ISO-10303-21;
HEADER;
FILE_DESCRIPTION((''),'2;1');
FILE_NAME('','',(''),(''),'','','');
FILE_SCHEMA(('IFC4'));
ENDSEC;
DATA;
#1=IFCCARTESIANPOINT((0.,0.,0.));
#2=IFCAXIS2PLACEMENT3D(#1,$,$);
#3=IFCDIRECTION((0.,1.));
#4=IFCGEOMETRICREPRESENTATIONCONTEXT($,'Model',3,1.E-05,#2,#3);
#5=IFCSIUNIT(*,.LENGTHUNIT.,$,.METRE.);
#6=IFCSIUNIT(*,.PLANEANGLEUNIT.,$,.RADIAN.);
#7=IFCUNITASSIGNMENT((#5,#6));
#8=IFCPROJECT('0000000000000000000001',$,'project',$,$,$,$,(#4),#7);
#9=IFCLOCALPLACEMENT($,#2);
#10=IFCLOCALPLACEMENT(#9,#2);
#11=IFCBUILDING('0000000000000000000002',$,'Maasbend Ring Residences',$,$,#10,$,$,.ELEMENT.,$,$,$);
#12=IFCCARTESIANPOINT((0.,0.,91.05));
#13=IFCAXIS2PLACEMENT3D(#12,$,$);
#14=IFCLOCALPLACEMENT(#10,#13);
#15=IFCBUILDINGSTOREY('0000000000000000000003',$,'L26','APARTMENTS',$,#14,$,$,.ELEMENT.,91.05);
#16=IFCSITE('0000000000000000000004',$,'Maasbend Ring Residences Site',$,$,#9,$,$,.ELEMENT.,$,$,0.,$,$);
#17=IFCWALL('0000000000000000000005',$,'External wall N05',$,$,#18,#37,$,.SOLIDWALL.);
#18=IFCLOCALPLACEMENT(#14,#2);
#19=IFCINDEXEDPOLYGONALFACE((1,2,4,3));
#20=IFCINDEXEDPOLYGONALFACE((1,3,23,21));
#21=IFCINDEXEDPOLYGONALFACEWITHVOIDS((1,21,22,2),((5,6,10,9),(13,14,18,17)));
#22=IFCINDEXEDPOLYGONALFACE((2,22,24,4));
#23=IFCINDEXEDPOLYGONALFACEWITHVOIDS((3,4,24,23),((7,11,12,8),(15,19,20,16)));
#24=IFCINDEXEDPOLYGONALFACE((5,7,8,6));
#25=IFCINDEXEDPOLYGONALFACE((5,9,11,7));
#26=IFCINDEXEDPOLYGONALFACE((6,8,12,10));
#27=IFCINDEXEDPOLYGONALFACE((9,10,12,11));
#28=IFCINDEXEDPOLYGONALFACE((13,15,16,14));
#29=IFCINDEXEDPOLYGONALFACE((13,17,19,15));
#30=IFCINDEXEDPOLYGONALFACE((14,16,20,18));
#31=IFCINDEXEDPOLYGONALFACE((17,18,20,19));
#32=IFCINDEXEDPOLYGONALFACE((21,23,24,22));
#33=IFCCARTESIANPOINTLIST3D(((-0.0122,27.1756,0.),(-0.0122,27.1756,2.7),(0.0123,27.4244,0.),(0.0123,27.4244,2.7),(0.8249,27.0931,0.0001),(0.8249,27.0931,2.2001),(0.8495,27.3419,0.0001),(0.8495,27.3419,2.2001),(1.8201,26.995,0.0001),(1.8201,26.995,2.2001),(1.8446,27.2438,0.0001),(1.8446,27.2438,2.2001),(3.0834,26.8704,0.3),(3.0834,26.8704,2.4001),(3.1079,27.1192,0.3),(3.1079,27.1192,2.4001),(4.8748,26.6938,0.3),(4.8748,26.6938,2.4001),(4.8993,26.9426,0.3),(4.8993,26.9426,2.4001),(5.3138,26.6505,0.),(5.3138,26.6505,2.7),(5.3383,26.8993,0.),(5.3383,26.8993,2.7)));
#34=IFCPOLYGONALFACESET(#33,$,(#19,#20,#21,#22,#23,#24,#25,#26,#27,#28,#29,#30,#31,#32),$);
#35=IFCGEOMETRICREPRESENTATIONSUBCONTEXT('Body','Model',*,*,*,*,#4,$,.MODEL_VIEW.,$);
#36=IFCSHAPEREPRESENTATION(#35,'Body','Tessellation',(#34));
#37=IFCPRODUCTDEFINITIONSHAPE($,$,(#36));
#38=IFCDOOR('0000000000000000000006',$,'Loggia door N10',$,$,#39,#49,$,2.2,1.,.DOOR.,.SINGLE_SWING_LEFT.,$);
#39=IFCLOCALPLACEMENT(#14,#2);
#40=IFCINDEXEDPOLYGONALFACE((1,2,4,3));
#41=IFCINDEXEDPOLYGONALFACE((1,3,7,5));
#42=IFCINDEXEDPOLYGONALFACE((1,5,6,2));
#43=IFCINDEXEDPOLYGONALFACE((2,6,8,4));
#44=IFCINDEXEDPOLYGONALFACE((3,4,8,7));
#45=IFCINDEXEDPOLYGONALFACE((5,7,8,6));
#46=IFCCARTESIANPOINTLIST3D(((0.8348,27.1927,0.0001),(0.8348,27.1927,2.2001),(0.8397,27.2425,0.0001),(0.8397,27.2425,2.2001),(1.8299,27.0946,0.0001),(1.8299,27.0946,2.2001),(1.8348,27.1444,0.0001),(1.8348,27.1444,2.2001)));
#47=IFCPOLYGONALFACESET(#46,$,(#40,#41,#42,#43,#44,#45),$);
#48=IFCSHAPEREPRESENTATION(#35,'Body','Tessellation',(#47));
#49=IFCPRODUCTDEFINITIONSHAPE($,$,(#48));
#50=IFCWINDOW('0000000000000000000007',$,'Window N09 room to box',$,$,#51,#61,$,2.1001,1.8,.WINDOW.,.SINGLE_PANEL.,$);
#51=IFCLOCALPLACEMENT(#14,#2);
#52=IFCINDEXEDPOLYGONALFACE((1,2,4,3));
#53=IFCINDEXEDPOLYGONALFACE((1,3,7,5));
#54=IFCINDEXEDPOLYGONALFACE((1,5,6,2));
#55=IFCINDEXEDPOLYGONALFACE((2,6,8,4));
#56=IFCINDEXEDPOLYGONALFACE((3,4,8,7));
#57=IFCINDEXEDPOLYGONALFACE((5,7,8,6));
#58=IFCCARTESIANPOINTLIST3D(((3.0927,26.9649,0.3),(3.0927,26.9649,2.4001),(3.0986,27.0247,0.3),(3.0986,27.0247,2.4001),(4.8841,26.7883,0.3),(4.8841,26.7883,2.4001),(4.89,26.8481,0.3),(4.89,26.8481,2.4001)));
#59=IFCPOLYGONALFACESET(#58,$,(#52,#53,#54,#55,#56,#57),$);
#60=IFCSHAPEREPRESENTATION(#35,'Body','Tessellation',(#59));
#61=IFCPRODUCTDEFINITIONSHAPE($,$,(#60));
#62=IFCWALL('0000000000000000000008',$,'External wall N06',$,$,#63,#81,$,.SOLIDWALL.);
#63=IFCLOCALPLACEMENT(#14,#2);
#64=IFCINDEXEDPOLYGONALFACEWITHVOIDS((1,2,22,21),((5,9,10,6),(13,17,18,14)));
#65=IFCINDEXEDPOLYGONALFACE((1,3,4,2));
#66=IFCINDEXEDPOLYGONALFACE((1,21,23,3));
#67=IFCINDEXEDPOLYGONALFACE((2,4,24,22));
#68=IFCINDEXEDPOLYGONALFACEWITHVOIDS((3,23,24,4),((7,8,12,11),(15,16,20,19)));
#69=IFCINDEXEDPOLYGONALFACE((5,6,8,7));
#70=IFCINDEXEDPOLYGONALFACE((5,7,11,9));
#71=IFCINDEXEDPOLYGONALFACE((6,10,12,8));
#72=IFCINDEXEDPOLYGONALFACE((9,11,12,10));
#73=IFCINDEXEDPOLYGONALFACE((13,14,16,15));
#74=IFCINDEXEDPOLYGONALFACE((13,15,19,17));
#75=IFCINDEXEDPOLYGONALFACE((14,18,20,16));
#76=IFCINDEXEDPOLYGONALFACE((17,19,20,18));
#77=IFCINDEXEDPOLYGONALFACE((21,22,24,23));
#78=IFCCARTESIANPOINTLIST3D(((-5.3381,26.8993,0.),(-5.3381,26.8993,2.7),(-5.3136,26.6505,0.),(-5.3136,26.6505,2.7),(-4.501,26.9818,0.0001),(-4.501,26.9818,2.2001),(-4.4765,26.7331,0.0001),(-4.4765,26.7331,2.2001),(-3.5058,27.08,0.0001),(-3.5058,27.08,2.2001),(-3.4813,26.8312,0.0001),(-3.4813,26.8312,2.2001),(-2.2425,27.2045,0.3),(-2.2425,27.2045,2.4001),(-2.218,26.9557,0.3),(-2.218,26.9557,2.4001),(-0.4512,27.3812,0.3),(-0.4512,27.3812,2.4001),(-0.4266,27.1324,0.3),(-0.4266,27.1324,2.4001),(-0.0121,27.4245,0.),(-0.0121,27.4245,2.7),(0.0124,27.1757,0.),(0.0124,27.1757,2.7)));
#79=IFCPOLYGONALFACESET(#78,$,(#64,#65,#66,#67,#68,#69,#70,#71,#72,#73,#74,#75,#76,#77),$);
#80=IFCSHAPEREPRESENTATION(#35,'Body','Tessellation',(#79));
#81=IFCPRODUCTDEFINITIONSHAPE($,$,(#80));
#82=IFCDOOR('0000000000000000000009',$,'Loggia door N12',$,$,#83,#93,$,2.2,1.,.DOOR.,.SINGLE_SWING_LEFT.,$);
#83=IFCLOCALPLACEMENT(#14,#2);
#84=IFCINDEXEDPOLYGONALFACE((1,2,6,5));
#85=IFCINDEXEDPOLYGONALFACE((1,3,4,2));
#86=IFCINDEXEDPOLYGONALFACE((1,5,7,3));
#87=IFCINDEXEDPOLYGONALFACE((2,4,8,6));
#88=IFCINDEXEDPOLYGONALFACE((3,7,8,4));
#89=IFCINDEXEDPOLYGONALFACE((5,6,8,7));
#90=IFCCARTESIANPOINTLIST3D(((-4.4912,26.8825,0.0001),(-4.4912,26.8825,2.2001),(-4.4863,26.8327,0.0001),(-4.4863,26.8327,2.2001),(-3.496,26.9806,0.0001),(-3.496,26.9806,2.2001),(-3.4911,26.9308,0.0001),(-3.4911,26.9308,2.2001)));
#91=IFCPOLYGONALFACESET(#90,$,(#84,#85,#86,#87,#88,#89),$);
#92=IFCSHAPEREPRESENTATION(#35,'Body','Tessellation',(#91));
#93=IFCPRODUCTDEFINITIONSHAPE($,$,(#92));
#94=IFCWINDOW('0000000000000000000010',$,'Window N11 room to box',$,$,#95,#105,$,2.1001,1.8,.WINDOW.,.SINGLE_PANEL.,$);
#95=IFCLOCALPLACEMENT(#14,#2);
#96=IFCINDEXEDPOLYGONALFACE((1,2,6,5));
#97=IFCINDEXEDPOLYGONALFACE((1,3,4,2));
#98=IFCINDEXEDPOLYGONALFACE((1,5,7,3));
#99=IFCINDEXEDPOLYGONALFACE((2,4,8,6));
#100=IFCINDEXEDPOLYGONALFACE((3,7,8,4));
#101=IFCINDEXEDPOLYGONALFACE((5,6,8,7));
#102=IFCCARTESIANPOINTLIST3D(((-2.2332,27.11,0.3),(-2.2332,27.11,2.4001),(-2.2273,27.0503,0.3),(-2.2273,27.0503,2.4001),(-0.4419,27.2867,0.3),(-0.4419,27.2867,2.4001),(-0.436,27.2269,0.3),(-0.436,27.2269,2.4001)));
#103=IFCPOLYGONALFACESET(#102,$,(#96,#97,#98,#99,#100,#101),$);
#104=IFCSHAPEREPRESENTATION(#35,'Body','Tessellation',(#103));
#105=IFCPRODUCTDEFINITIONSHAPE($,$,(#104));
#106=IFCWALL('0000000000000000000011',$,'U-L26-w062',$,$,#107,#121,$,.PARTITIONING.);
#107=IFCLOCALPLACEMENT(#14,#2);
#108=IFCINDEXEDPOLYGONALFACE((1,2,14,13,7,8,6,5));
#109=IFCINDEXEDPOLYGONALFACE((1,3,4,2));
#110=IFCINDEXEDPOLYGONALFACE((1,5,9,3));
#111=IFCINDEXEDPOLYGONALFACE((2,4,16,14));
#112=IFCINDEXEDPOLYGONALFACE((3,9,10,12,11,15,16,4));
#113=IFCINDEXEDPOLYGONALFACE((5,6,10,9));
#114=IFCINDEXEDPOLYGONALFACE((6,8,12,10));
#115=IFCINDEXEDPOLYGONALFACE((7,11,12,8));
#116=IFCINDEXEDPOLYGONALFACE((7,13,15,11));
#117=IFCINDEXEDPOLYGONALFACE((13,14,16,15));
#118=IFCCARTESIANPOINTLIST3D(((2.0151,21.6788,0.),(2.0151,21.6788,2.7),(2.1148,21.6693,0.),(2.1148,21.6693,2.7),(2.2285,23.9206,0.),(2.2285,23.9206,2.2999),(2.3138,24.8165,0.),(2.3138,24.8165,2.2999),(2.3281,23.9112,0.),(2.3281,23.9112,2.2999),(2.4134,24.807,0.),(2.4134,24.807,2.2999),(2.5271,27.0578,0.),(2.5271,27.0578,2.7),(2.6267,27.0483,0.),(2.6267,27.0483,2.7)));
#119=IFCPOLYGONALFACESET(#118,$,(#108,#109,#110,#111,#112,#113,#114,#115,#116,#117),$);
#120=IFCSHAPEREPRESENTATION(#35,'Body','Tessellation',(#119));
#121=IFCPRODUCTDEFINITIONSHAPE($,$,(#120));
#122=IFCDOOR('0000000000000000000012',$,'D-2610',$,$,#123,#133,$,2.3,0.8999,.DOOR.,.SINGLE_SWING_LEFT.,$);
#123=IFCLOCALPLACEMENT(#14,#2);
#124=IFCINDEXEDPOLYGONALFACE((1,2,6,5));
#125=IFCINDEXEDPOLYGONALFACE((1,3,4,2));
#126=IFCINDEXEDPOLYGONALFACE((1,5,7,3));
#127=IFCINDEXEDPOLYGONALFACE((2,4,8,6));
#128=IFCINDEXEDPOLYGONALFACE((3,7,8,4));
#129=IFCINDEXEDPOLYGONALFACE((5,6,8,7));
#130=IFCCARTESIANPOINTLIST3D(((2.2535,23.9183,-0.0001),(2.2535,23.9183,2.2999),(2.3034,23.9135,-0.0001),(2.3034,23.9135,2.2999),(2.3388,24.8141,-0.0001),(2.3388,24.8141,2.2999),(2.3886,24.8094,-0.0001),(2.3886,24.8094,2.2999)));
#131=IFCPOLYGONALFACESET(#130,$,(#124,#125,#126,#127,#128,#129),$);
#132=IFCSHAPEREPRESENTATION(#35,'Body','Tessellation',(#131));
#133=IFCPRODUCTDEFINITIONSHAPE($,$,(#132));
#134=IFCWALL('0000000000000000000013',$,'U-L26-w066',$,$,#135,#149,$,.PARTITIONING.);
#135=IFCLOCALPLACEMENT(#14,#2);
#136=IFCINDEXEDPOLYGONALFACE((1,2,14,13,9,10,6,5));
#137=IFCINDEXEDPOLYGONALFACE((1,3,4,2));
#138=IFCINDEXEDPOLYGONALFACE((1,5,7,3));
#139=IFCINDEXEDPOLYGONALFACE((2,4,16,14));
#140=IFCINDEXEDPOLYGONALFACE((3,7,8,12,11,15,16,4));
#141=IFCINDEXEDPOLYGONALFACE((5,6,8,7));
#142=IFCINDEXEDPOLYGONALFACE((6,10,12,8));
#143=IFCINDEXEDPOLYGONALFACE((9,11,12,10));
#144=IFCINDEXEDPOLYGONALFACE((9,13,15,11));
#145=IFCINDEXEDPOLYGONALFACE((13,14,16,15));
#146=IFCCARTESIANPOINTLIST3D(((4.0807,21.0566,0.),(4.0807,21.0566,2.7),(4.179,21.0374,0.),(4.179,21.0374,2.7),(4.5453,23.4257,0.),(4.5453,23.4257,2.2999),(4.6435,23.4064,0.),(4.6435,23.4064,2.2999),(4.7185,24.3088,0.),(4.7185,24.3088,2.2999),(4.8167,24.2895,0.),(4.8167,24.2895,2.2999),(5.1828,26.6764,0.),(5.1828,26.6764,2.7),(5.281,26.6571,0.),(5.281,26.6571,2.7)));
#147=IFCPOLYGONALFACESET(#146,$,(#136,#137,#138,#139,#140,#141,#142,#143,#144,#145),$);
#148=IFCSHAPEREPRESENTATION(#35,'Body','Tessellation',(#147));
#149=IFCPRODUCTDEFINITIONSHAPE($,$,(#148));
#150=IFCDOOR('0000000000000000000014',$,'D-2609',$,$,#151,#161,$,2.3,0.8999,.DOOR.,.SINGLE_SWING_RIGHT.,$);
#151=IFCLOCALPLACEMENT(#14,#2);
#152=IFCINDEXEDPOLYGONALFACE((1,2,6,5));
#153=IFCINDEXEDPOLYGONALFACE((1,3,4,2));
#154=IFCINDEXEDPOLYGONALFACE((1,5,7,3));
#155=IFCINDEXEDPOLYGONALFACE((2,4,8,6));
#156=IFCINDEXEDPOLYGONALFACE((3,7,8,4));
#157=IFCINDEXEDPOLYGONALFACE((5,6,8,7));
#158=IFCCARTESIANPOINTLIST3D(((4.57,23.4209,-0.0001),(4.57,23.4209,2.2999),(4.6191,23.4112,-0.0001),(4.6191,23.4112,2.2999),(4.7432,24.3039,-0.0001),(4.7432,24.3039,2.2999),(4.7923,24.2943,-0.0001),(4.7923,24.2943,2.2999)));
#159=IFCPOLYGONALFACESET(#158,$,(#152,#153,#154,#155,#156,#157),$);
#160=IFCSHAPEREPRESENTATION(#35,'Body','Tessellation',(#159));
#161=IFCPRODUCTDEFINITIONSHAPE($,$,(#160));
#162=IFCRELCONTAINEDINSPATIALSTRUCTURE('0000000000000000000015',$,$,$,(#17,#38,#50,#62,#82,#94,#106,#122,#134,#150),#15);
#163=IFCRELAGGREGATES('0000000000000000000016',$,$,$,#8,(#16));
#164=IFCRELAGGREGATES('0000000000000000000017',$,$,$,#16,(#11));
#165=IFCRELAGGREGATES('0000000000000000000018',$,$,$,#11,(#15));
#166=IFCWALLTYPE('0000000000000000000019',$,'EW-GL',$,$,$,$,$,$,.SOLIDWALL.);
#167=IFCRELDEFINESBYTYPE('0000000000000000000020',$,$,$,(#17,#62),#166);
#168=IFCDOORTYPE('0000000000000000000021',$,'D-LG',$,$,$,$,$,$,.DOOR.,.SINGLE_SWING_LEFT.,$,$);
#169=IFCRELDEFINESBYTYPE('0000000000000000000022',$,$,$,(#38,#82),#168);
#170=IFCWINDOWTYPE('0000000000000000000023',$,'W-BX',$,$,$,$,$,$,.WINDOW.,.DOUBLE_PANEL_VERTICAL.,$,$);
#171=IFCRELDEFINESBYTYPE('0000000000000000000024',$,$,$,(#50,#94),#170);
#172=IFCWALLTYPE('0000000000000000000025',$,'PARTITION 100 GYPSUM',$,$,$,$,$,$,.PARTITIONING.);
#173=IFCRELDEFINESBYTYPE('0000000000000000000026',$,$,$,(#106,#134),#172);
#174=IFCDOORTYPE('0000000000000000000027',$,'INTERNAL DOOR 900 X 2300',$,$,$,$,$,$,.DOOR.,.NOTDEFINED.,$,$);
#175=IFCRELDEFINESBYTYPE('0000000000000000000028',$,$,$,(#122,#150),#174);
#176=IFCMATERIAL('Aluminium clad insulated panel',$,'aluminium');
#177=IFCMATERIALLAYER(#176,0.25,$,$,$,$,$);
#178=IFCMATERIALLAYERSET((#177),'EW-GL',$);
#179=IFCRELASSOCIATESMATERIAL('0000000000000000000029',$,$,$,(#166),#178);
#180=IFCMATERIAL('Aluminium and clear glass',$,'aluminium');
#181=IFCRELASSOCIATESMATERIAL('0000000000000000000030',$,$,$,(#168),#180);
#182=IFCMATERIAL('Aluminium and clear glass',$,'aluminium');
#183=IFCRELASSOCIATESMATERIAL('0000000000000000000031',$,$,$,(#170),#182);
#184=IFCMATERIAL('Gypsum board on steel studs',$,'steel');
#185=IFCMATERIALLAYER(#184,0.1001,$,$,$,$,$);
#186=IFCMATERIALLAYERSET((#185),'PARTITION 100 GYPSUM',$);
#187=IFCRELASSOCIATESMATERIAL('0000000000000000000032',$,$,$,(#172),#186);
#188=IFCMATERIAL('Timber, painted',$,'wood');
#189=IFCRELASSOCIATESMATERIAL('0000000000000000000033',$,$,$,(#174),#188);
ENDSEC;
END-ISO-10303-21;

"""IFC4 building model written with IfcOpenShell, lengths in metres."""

from ifc_helpers import new_model, si_unit, direction, frame, frame_2d, origin, place, context, subcontext, project, spatial, rectangle, extrude, material, layer, layer_set, type_object, element, fill, save


model = new_model("IFC4")

# Units and contexts
model_context = context("Model", 3, precision=1e-05, world=origin(), true_north=direction((0.0, 1.0)))
body_context = subcontext(model_context, "Body", "Model", "MODEL_VIEW")
ifc_project = project(units=[si_unit("LENGTHUNIT", "METRE"), si_unit("PLANEANGLEUNIT", "RADIAN")], contexts=[model_context])

# Site, building, storey
site_placement = place(None, origin())
site = spatial("IfcSite", under=ifc_project, at=site_placement, Name="Maasbend Ring Residences Site", CompositionType="ELEMENT", RefElevation=0.0)
building_placement = place(site_placement, origin())
building = spatial("IfcBuilding", under=site, at=building_placement, Name="Maasbend Ring Residences", CompositionType="ELEMENT")
storey_placement = place(building_placement, frame((0.0, 0.0, 91.05)))
storey = spatial("IfcBuildingStorey", under=building, at=storey_placement, Name="L26", Description="APARTMENTS", CompositionType="ELEMENT", Elevation=91.05)

# Walls, openings, doors, windows
ifc_material_1 = material(Name="Aluminium clad insulated panel", Category="aluminium")
ifc_layer_1 = layer(ifc_material_1, 0.25)
ifc_layer_set_1 = layer_set([ifc_layer_1], Name="EW-GL")
wall_type_1 = type_object("IfcWallType", Name="EW-GL", PredefinedType="SOLIDWALL", material=ifc_layer_set_1)
ifc_material_2 = material(Name="Aluminium and clear glass", Category="aluminium")
door_type_1 = type_object("IfcDoorType", Name="D-LG", OperationType="SINGLE_SWING_LEFT", PredefinedType="DOOR", material=ifc_material_2)
ifc_material_3 = material(Name="Aluminium and clear glass", Category="aluminium")
window_type_1 = type_object("IfcWindowType", Name="W-BX", PartitioningType="DOUBLE_PANEL_VERTICAL", PredefinedType="WINDOW", material=ifc_material_3)
wall_1_placement = place(storey_placement, frame((5.3259, 26.7749, 0.0), z_axis=(0.0, 0.0, 1.0), x_axis=(-0.995174, 0.098126, 0.0)))
wall_1 = element("IfcWall", 1, at=wall_1_placement, inside=storey, type_object=wall_type_1, Name="External wall N05", PredefinedType="SOLIDWALL", context=body_context, shape_type="SweptSolid", body=[
    extrude(rectangle(XDim=5.3518, YDim=0.25, at=frame_2d((2.6758, 0.0))), origin(), (0.0, 0.0, 1.0), 2.7),
])
opening_1_placement = place(wall_1_placement, frame((0.4412, 0.0, 0.3)))
opening_1 = element("IfcOpeningElement", 2, at=opening_1_placement, cuts=wall_1, PredefinedType="OPENING", context=body_context, shape_type="SweptSolid", body=[
    extrude(rectangle(XDim=1.8, YDim=2.1001, at=frame_2d((0.8999, 1.05))), frame((0.0, 0.135, 0.0), z_axis=(0.0, -1.0, 0.0), x_axis=(1.0, 0.0, 0.0)), (0.0, 0.0, 1.0), 0.27),
])
opening_2_placement = place(wall_1_placement, frame((3.5105, 0.0, 0.0)))
opening_2 = element("IfcOpeningElement", 3, at=opening_2_placement, cuts=wall_1, PredefinedType="OPENING", context=body_context, shape_type="SweptSolid", body=[
    extrude(rectangle(XDim=1.0, YDim=2.2, at=frame_2d((0.5, 1.1001))), frame((0.0, 0.135, 0.0), z_axis=(0.0, -1.0, 0.0), x_axis=(1.0, 0.0, 0.0)), (0.0, 0.0, 1.0), 0.27),
])
door_1_placement = place(opening_2_placement, origin())
door_1 = element("IfcDoor", 4, at=door_1_placement, inside=storey, type_object=door_type_1, Name="Loggia door N10", OperationType="SINGLE_SWING_LEFT", OverallHeight=2.2, OverallWidth=1.0, PredefinedType="DOOR", context=body_context, shape_type="SweptSolid", body=[
    extrude(rectangle(XDim=1.0, YDim=2.2, at=frame_2d((0.5, 1.1001))), frame((0.0, 0.0249, 0.0), z_axis=(0.0, -1.0, 0.0), x_axis=(1.0, 0.0, 0.0)), (0.0, 0.0, 1.0), 0.05),
])
fill(opening_2, door_1)
window_1_placement = place(opening_1_placement, origin())
window_1 = element("IfcWindow", 5, at=window_1_placement, inside=storey, type_object=window_type_1, Name="Window N09 room to box", OverallHeight=2.1001, OverallWidth=1.8, PartitioningType="SINGLE_PANEL", PredefinedType="WINDOW", context=body_context, shape_type="SweptSolid", body=[
    extrude(rectangle(XDim=1.8, YDim=2.1001, at=frame_2d((0.8999, 1.05))), frame((0.0, 0.03, 0.0), z_axis=(0.0, -1.0, 0.0), x_axis=(1.0, 0.0, 0.0)), (0.0, 0.0, 1.0), 0.0601),
])
fill(opening_1, window_1)
wall_2_placement = place(storey_placement, frame((0.0, 27.3, 0.0), z_axis=(0.0, 0.0, 1.0), x_axis=(-0.995174, -0.098126, 0.0)))
wall_2 = element("IfcWall", 6, at=wall_2_placement, inside=storey, type_object=wall_type_1, Name="External wall N06", PredefinedType="SOLIDWALL", context=body_context, shape_type="SweptSolid", body=[
    extrude(rectangle(XDim=5.3518, YDim=0.25, at=frame_2d((2.6758, 0.0))), origin(), (0.0, 0.0, 1.0), 2.7),
])
opening_3_placement = place(wall_2_placement, frame((0.4412, 0.0, 0.3)))
opening_3 = element("IfcOpeningElement", 7, at=opening_3_placement, cuts=wall_2, PredefinedType="OPENING", context=body_context, shape_type="SweptSolid", body=[
    extrude(rectangle(XDim=1.8, YDim=2.1001, at=frame_2d((0.8999, 1.05))), frame((0.0, 0.135, 0.0), z_axis=(0.0, -1.0, 0.0), x_axis=(1.0, 0.0, 0.0)), (0.0, 0.0, 1.0), 0.27),
])
opening_4_placement = place(wall_2_placement, frame((3.5105, 0.0, 0.0)))
opening_4 = element("IfcOpeningElement", 8, at=opening_4_placement, cuts=wall_2, PredefinedType="OPENING", context=body_context, shape_type="SweptSolid", body=[
    extrude(rectangle(XDim=1.0, YDim=2.2, at=frame_2d((0.5, 1.1001))), frame((0.0, 0.135, 0.0), z_axis=(0.0, -1.0, 0.0), x_axis=(1.0, 0.0, 0.0)), (0.0, 0.0, 1.0), 0.27),
])
door_2_placement = place(opening_4_placement, origin())
door_2 = element("IfcDoor", 9, at=door_2_placement, inside=storey, type_object=door_type_1, Name="Loggia door N12", OperationType="SINGLE_SWING_LEFT", OverallHeight=2.2, OverallWidth=1.0, PredefinedType="DOOR", context=body_context, shape_type="SweptSolid", body=[
    extrude(rectangle(XDim=1.0, YDim=2.2, at=frame_2d((0.5, 1.1001))), frame((0.0, 0.0249, 0.0), z_axis=(0.0, -1.0, 0.0), x_axis=(1.0, 0.0, 0.0)), (0.0, 0.0, 1.0), 0.05),
])
fill(opening_4, door_2)
window_2_placement = place(opening_3_placement, origin())
window_2 = element("IfcWindow", 10, at=window_2_placement, inside=storey, type_object=window_type_1, Name="Window N11 room to box", OverallHeight=2.1001, OverallWidth=1.8, PartitioningType="SINGLE_PANEL", PredefinedType="WINDOW", context=body_context, shape_type="SweptSolid", body=[
    extrude(rectangle(XDim=1.8, YDim=2.1001, at=frame_2d((0.8999, 1.05))), frame((0.0, 0.03, 0.0), z_axis=(0.0, -1.0, 0.0), x_axis=(1.0, 0.0, 0.0)), (0.0, 0.0, 1.0), 0.0601),
])
fill(opening_3, window_2)

# Walls, openings, doors
ifc_material_4 = material(Name="Gypsum board on steel studs", Category="steel")
ifc_layer_2 = layer(ifc_material_4, 0.1001)
ifc_layer_set_2 = layer_set([ifc_layer_2], Name="PARTITION 100 GYPSUM")
wall_type_2 = type_object("IfcWallType", Name="PARTITION 100 GYPSUM", PredefinedType="PARTITIONING", material=ifc_layer_set_2)
wall_3_placement = place(storey_placement, frame((2.0649, 21.6741, 0.0), z_axis=(0.0, 0.0, 1.0), x_axis=(0.094752, 0.995501, 0.0)))
wall_3 = element("IfcWall", 11, at=wall_3_placement, inside=storey, type_object=wall_type_2, Name="U-L26-w062", PredefinedType="PARTITIONING", context=body_context, shape_type="SweptSolid", body=[
    extrude(rectangle(XDim=5.4033, YDim=0.1001, at=frame_2d((2.7017, 0.0))), origin(), (0.0, 0.0, 1.0), 2.7),
])
opening_5_placement = place(wall_3_placement, frame((2.252, 0.0, 0.0)))
opening_5 = element("IfcOpeningElement", 12, at=opening_5_placement, cuts=wall_3, PredefinedType="OPENING", context=body_context, shape_type="SweptSolid", body=[
    extrude(rectangle(XDim=0.8999, YDim=2.3, at=frame_2d((0.45, 1.1499))), frame((0.0, 0.0601, 0.0), z_axis=(0.0, -1.0, 0.0), x_axis=(1.0, 0.0, 0.0)), (0.0, 0.0, 1.0), 0.1201),
])
ifc_material_5 = material(Name="Timber, painted", Category="wood")
door_type_2 = type_object("IfcDoorType", Name="INTERNAL DOOR 900 X 2300", OperationType="NOTDEFINED", PredefinedType="DOOR", material=ifc_material_5)
door_3_placement = place(opening_5_placement, origin())
door_3 = element("IfcDoor", 13, at=door_3_placement, inside=storey, type_object=door_type_2, Name="D-2610", OperationType="SINGLE_SWING_LEFT", OverallHeight=2.3, OverallWidth=0.8999, PredefinedType="DOOR", context=body_context, shape_type="SweptSolid", body=[
    extrude(rectangle(XDim=0.8999, YDim=2.3, at=frame_2d((0.45, 1.1499))), frame((0.0, 0.0249, 0.0), z_axis=(0.0, -1.0, 0.0), x_axis=(1.0, 0.0, 0.0)), (0.0, 0.0, 1.0), 0.05),
])
fill(opening_5, door_3)
wall_4_placement = place(storey_placement, frame((4.1299, 21.0471, 0.0), z_axis=(0.0, 0.0, 1.0), x_axis=(0.192434, 0.98131, 0.0)))
wall_4 = element("IfcWall", 14, at=wall_4_placement, inside=storey, type_object=wall_type_2, Name="U-L26-w066", PredefinedType="PARTITIONING", context=body_context, shape_type="SweptSolid", body=[
    extrude(rectangle(XDim=5.7268, YDim=0.1001, at=frame_2d((2.8633, 0.0))), origin(), (0.0, 0.0, 1.0), 2.7),
])
opening_6_placement = place(wall_4_placement, frame((2.4141, 0.0, 0.0)))
opening_6 = element("IfcOpeningElement", 15, at=opening_6_placement, cuts=wall_4, PredefinedType="OPENING", context=body_context, shape_type="SweptSolid", body=[
    extrude(rectangle(XDim=0.8999, YDim=2.3, at=frame_2d((0.45, 1.1499))), frame((0.0, 0.0601, 0.0), z_axis=(0.0, -1.0, 0.0), x_axis=(1.0, 0.0, 0.0)), (0.0, 0.0, 1.0), 0.1201),
])
door_4_placement = place(opening_6_placement, origin())
door_4 = element("IfcDoor", 16, at=door_4_placement, inside=storey, type_object=door_type_2, Name="D-2609", OperationType="SINGLE_SWING_RIGHT", OverallHeight=2.3, OverallWidth=0.8999, PredefinedType="DOOR", context=body_context, shape_type="SweptSolid", body=[
    extrude(rectangle(XDim=0.8999, YDim=2.3, at=frame_2d((0.45, 1.1499))), frame((0.0, 0.0249, 0.0), z_axis=(0.0, -1.0, 0.0), x_axis=(1.0, 0.0, 0.0)), (0.0, 0.0, 1.0), 0.05),
])
fill(opening_6, door_4)

save(model, "model.ifc")
